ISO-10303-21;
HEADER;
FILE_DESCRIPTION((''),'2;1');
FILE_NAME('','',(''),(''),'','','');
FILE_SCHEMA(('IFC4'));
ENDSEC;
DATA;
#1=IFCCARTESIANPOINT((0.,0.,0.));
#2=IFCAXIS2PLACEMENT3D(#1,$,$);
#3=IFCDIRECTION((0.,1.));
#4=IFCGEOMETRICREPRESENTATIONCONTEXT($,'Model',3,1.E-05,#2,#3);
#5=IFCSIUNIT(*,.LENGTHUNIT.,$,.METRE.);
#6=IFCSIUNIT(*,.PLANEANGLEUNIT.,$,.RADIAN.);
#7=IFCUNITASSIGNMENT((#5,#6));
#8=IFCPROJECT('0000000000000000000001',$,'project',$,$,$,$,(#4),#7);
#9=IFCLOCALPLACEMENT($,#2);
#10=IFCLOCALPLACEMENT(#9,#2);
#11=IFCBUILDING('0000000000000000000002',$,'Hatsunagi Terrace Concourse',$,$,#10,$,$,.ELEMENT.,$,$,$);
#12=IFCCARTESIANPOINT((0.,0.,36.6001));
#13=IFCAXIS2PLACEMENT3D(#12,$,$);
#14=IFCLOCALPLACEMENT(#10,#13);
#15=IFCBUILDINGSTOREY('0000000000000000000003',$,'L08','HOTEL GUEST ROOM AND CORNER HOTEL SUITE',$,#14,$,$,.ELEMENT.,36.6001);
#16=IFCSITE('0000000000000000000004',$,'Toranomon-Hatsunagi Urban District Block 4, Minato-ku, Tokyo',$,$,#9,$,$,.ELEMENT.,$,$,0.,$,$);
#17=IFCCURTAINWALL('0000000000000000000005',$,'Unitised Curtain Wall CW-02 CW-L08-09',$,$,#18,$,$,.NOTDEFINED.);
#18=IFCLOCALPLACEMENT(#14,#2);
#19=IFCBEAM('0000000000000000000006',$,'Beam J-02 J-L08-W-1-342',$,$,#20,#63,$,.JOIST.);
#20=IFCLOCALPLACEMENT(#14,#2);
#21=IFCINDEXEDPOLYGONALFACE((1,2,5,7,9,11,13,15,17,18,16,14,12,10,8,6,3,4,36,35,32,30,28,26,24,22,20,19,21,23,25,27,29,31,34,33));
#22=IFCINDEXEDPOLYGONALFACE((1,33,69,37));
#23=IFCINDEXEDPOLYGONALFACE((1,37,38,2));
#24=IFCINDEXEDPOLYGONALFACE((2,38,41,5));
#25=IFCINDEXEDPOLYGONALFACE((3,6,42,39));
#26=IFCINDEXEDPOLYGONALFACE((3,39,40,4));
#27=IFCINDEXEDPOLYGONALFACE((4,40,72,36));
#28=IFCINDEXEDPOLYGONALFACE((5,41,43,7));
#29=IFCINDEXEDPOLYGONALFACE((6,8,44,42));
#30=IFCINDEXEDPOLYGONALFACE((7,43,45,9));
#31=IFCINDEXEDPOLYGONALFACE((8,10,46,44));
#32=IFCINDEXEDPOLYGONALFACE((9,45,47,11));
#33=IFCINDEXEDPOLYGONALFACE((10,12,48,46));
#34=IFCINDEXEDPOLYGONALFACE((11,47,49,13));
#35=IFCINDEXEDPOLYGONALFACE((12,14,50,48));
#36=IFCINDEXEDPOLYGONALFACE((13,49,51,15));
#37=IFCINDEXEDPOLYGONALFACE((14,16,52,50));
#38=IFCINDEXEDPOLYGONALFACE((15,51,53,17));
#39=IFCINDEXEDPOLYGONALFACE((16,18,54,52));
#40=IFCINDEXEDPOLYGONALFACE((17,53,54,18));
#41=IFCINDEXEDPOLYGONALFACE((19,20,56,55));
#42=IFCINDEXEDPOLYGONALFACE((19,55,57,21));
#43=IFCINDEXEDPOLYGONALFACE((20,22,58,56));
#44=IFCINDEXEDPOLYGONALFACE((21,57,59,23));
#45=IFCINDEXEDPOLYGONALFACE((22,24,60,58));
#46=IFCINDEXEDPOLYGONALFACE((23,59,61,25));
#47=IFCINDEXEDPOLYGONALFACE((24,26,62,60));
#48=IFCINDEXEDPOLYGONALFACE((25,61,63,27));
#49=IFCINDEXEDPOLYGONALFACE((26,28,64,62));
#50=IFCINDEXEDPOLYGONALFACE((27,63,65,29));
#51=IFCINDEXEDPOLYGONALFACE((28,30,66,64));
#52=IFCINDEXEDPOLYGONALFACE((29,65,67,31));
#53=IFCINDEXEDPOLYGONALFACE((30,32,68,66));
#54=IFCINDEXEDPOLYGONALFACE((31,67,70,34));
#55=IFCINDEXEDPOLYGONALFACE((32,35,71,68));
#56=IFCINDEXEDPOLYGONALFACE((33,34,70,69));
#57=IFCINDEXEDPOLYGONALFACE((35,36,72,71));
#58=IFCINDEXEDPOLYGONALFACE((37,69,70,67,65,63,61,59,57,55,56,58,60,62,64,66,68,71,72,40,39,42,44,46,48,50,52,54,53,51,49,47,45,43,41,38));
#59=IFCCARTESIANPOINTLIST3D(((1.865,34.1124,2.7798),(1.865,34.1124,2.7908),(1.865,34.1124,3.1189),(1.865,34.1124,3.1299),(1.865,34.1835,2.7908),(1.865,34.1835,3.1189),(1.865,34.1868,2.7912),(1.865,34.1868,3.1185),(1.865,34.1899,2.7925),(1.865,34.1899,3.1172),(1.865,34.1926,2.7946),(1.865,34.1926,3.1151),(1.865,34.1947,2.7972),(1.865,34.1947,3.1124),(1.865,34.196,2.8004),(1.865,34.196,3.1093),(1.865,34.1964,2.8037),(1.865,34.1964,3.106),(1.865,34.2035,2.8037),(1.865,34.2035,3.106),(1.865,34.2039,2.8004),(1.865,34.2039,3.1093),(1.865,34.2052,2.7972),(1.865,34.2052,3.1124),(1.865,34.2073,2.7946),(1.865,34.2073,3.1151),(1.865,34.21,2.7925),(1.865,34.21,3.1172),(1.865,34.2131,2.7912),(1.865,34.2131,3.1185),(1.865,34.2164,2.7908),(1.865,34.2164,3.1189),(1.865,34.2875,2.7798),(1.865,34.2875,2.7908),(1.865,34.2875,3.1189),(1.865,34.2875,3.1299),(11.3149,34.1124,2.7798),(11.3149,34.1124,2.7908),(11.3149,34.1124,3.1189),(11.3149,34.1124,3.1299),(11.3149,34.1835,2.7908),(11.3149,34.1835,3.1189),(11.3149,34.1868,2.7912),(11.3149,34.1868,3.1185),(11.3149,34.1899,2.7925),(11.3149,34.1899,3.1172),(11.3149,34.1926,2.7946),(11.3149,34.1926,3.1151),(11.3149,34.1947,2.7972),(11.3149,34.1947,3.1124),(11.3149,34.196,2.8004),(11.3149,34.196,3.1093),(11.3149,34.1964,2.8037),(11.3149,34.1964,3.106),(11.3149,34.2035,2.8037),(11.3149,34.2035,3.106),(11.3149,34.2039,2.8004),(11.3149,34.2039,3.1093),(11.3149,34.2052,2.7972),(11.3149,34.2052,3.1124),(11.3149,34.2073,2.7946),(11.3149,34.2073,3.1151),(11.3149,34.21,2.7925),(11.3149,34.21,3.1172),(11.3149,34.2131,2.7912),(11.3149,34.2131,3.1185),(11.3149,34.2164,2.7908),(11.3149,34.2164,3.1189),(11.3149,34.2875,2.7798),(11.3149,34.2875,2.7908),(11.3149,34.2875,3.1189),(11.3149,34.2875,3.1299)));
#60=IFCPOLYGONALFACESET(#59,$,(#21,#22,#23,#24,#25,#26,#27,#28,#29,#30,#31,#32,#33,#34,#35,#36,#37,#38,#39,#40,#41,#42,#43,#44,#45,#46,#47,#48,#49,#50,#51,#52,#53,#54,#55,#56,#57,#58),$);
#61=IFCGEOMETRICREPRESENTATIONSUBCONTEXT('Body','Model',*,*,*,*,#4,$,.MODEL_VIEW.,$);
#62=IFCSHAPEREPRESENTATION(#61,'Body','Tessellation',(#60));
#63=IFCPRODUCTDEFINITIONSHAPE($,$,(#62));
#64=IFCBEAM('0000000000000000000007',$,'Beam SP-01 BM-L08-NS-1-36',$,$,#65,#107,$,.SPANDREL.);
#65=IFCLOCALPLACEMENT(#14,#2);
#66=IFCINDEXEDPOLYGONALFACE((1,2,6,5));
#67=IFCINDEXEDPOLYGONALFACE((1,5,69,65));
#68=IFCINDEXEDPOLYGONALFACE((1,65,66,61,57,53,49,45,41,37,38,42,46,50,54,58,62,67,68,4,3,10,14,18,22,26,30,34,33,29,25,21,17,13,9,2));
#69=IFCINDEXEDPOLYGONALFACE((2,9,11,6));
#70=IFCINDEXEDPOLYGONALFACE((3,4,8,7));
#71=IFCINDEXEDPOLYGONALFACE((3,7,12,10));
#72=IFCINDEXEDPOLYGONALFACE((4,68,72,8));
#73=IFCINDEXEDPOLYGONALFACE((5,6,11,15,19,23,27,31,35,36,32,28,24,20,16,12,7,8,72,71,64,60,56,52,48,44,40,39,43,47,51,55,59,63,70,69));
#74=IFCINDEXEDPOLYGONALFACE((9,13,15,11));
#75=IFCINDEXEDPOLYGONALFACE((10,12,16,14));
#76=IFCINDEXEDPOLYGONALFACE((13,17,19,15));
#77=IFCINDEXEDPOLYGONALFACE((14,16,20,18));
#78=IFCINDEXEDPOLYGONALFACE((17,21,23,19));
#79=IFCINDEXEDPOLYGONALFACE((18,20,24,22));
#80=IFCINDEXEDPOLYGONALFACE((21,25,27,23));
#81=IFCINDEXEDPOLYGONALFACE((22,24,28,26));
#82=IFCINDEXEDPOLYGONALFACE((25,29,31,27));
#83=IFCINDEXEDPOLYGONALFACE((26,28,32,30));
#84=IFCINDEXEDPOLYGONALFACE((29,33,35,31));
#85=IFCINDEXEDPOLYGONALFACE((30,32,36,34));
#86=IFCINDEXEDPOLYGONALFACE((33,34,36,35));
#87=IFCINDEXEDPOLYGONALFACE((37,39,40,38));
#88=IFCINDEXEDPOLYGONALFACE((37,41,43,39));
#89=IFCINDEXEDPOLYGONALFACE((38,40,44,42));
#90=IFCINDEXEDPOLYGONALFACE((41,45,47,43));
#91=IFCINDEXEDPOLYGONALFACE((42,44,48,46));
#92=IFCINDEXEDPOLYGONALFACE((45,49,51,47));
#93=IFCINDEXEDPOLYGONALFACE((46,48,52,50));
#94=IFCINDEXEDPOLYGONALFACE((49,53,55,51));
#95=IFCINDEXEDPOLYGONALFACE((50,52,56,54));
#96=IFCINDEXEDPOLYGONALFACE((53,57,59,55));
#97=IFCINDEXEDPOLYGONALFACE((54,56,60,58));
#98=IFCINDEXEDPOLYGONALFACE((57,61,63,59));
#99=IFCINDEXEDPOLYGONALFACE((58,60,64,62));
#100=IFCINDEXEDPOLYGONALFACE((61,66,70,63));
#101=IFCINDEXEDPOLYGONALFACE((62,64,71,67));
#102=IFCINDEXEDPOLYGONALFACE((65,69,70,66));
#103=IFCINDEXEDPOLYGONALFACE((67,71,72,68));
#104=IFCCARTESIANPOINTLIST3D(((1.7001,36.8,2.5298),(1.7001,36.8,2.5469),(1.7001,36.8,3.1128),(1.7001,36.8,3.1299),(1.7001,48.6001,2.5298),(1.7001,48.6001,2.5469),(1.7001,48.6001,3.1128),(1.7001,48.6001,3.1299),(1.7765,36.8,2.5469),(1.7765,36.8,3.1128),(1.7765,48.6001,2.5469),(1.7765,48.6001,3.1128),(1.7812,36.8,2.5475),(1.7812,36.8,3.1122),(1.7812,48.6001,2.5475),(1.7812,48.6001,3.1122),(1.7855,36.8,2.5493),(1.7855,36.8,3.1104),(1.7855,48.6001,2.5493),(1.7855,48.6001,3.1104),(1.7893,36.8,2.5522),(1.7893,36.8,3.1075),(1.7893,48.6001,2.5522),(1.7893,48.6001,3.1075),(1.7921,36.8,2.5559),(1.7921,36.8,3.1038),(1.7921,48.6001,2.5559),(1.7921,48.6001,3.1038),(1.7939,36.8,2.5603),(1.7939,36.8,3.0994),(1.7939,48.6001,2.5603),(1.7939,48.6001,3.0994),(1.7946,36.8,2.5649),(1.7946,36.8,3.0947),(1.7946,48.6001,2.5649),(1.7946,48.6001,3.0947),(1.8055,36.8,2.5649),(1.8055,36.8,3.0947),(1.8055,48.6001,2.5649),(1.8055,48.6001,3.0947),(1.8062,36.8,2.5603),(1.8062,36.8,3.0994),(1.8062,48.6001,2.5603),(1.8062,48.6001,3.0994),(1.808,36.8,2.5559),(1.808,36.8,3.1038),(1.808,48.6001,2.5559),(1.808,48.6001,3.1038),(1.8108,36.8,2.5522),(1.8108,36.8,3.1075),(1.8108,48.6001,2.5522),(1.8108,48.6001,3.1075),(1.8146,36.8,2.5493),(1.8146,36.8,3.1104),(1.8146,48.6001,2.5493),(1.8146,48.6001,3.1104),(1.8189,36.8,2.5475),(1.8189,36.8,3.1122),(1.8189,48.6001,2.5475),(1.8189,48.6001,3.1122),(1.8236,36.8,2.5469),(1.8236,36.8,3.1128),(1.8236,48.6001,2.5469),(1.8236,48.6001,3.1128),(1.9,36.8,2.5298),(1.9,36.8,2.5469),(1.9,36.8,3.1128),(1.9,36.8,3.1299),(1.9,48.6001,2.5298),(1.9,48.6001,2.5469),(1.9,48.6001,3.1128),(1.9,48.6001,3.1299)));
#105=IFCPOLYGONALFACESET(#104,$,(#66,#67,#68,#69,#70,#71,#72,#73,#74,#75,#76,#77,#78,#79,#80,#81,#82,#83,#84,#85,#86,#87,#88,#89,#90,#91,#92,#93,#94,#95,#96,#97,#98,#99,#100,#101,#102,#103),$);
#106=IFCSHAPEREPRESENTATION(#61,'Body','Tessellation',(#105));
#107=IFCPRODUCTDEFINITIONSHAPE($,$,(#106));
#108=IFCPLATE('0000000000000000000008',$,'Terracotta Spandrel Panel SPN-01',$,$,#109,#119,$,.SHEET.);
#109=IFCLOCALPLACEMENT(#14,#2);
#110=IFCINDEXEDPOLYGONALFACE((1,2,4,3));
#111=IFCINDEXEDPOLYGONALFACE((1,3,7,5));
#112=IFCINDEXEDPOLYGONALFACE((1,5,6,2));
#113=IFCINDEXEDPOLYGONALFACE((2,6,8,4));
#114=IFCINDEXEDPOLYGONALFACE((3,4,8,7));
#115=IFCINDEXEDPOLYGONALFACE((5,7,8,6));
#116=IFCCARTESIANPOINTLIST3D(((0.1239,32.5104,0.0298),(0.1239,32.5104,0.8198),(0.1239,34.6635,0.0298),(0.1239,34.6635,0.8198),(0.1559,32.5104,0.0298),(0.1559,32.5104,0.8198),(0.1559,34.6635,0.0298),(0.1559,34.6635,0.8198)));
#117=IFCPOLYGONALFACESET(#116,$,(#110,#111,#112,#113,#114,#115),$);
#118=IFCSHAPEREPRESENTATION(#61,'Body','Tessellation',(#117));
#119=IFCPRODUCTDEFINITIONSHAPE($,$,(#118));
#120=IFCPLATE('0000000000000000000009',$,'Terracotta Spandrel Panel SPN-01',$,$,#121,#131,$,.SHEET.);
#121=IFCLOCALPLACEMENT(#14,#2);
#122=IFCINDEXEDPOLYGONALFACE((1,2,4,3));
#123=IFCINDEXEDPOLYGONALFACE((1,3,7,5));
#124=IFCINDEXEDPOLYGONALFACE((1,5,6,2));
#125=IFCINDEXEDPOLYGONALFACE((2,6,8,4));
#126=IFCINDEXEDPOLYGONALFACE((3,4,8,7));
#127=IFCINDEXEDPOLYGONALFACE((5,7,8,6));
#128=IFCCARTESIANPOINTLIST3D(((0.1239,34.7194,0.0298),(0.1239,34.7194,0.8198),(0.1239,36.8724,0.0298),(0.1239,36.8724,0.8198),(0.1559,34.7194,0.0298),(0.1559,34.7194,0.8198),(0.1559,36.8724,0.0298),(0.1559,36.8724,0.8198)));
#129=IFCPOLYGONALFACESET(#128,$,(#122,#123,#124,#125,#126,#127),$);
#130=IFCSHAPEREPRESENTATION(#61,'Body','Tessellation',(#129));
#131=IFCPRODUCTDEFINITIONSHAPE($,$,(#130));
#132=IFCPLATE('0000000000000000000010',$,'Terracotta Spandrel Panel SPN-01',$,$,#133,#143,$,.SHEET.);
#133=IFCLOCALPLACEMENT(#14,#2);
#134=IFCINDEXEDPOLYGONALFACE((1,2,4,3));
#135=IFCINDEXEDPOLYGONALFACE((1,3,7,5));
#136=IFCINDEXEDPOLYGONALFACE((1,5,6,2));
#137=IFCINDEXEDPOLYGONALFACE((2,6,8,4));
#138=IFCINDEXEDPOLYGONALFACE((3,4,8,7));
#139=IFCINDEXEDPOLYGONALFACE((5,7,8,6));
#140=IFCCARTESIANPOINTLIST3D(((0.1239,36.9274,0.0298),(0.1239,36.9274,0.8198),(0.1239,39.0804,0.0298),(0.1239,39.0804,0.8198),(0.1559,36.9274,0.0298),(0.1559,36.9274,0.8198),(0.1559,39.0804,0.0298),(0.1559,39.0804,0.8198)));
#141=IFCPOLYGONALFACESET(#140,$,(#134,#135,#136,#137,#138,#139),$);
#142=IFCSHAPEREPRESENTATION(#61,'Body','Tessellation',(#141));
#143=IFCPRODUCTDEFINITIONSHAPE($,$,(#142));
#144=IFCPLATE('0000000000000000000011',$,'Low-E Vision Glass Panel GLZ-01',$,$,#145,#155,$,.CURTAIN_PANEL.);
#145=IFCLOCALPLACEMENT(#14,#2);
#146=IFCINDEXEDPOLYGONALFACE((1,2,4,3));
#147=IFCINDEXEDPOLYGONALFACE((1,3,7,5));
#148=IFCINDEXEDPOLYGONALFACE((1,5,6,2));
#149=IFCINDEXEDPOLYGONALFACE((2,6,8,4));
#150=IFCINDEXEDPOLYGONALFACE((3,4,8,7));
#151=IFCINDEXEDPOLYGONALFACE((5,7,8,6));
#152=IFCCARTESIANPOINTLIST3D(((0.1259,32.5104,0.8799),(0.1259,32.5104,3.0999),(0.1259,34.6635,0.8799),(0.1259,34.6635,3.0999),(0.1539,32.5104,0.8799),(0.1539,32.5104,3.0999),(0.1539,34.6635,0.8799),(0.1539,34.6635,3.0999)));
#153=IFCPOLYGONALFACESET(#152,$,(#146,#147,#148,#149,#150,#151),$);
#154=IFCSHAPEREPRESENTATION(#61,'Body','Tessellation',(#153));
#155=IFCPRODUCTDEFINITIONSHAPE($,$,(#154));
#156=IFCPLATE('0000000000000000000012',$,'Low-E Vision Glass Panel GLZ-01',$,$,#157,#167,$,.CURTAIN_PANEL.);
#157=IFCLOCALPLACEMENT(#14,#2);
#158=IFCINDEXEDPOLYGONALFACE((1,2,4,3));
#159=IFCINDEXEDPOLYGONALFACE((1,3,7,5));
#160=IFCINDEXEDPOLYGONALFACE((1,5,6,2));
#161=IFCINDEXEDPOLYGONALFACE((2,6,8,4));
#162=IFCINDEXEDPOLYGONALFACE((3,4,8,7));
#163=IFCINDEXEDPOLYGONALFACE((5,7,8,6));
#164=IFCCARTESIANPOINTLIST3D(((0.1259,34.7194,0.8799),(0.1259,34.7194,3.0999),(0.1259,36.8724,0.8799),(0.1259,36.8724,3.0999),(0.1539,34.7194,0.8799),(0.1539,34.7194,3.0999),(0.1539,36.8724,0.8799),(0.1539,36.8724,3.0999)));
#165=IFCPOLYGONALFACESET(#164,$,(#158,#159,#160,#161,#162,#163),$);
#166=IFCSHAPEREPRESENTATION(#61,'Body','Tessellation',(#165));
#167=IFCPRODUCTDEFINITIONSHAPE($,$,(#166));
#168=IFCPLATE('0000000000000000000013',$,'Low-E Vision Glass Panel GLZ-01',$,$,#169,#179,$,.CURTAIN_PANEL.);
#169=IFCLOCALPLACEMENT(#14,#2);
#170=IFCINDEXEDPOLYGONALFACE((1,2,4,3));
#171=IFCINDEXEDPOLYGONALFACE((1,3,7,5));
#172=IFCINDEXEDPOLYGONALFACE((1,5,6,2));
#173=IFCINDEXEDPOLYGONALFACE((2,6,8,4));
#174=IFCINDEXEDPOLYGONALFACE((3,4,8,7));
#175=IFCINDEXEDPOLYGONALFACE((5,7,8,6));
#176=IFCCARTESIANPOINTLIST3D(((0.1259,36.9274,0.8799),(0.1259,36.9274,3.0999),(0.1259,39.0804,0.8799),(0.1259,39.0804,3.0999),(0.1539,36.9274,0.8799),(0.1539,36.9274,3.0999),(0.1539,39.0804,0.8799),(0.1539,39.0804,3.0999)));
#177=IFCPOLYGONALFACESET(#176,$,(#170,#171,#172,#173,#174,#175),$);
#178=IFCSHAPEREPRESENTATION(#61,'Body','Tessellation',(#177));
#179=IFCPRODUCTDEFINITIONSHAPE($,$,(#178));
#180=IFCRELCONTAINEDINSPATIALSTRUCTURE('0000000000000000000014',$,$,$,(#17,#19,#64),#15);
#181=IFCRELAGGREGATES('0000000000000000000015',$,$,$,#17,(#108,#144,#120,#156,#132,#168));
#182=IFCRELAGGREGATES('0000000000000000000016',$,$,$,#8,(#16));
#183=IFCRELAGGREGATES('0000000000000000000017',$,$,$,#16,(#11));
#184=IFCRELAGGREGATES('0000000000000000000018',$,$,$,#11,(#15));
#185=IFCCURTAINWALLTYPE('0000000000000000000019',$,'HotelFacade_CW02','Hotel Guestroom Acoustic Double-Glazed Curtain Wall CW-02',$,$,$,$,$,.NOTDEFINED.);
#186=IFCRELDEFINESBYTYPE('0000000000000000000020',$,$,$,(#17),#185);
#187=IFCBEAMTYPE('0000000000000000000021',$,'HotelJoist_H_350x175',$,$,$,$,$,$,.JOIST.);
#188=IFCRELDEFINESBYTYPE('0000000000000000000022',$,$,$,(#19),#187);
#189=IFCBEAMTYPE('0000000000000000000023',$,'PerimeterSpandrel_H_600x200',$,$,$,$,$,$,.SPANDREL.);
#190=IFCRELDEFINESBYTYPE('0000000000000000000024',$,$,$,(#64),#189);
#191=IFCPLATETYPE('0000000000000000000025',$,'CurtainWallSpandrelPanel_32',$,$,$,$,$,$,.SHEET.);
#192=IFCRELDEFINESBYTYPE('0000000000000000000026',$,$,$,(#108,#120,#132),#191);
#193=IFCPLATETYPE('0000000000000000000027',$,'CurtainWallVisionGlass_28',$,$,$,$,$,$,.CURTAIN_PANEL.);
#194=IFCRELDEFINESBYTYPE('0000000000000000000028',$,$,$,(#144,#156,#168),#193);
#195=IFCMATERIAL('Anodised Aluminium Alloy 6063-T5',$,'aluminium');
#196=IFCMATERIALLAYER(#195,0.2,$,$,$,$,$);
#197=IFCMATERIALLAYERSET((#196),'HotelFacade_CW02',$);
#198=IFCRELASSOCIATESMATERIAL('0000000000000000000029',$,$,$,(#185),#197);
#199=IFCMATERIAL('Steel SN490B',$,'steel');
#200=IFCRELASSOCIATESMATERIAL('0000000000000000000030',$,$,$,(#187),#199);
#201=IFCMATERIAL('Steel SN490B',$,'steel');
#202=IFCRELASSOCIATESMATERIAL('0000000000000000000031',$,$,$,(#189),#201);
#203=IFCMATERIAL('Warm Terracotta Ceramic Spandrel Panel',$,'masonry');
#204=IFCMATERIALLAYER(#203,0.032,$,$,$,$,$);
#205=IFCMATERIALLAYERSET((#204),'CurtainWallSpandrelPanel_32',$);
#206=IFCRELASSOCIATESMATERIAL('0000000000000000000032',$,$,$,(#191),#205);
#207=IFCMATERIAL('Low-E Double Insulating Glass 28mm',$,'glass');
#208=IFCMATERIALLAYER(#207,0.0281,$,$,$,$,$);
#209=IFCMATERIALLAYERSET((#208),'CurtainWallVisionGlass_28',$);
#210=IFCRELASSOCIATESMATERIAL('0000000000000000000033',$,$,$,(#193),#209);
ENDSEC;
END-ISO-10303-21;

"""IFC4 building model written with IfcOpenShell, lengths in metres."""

from ifc_helpers import new_model, si_unit, direction, frame, origin, origin_2d, place, context, subcontext, project, spatial, rectangle, i_section, extrude, material, layer, layer_set, material_profile, profile_set, type_object, element, aggregate, save


model = new_model("IFC4")

# Units and contexts
model_context = context("Model", 3, precision=1e-05, world=origin(), true_north=direction((0.0, 1.0)))
body_context = subcontext(model_context, "Body", "Model", "MODEL_VIEW")
ifc_project = project(units=[si_unit("LENGTHUNIT", "METRE"), si_unit("PLANEANGLEUNIT", "RADIAN")], contexts=[model_context])

# Site, building, storey
site_placement = place(None, origin())
site = spatial("IfcSite", under=ifc_project, at=site_placement, Name="Toranomon-Hatsunagi Urban District Block 4, Minato-ku, Tokyo", CompositionType="ELEMENT", RefElevation=0.0)
building_placement = place(site_placement, origin())
building = spatial("IfcBuilding", under=site, at=building_placement, Name="Hatsunagi Terrace Concourse", CompositionType="ELEMENT")
storey_placement = place(building_placement, frame((0.0, 0.0, 36.6001)))
storey = spatial("IfcBuildingStorey", under=building, at=storey_placement, Name="L08", Description="HOTEL GUEST ROOM AND CORNER HOTEL SUITE", CompositionType="ELEMENT", Elevation=36.6001)

# Curtain wall
ifc_material_1 = material(Name="Anodised Aluminium Alloy 6063-T5", Category="aluminium")
ifc_layer_1 = layer(ifc_material_1, 0.2)
ifc_layer_set_1 = layer_set([ifc_layer_1], Name="HotelFacade_CW02")
curtain_wall_type = type_object("IfcCurtainWallType", Name="HotelFacade_CW02", Description="Hotel Guestroom Acoustic Double-Glazed Curtain Wall CW-02", PredefinedType="NOTDEFINED", material=ifc_layer_set_1)
curtain_wall_placement = place(storey_placement, origin())
curtain_wall = element("IfcCurtainWall", 1, at=curtain_wall_placement, inside=storey, type_object=curtain_wall_type, Name="Unitised Curtain Wall CW-02 CW-L08-09", PredefinedType="NOTDEFINED")

# Beams
ifc_material_2 = material(Name="Steel SN490B", Category="steel")
ifc_material_profile_1 = material_profile(ifc_material_2, i_section(OverallWidth=0.175, OverallDepth=0.3501, WebThickness=0.0071, FlangeThickness=0.011, FilletRadius=0.0129, at=origin_2d()), Name="H-350x175x7x11")
ifc_profile_set_1 = profile_set([ifc_material_profile_1], Name="Steel SN490B")
beam_type_1 = type_object("IfcBeamType", Name="HotelJoist_H_350x175", PredefinedType="JOIST", material=ifc_profile_set_1)
beam_1_placement = place(storey_placement, frame((1.865, 34.2, 2.9548), z_axis=(1.0, 0.0, 0.0), x_axis=(0.0, 1.0, 0.0)))
element("IfcBeam", 2, at=beam_1_placement, inside=storey, type_object=beam_type_1, Name="Beam J-02 J-L08-W-1-342", PredefinedType="JOIST", context=body_context, shape_type="SweptSolid", body=[
    extrude(i_section(OverallWidth=0.175, OverallDepth=0.3501, WebThickness=0.0071, FlangeThickness=0.011, FilletRadius=0.0129, at=origin_2d()), origin(), (0.0, 0.0, 1.0), 9.45),
])
ifc_material_3 = material(Name="Steel SN490B", Category="steel")
ifc_material_profile_2 = material_profile(ifc_material_3, i_section(OverallWidth=0.2, OverallDepth=0.6001, WebThickness=0.011, FlangeThickness=0.0171, FilletRadius=0.0181, at=origin_2d()), Name="H-600x200x11x17")
ifc_profile_set_2 = profile_set([ifc_material_profile_2], Name="Steel SN490B")
beam_type_2 = type_object("IfcBeamType", Name="PerimeterSpandrel_H_600x200", PredefinedType="SPANDREL", material=ifc_profile_set_2)
beam_2_placement = place(storey_placement, frame((1.8, 36.8, 2.8298), z_axis=(0.0, 1.0, 0.0), x_axis=(-1.0, 0.0, 0.0)))
element("IfcBeam", 3, at=beam_2_placement, inside=storey, type_object=beam_type_2, Name="Beam SP-01 BM-L08-NS-1-36", PredefinedType="SPANDREL", context=body_context, shape_type="SweptSolid", body=[
    extrude(i_section(OverallWidth=0.2, OverallDepth=0.6001, WebThickness=0.011, FlangeThickness=0.0171, FilletRadius=0.0181, at=origin_2d()), origin(), (0.0, 0.0, 1.0), 11.8),
])

# Plates
ifc_material_4 = material(Name="Warm Terracotta Ceramic Spandrel Panel", Category="masonry")
ifc_layer_2 = layer(ifc_material_4, 0.032)
ifc_layer_set_2 = layer_set([ifc_layer_2], Name="CurtainWallSpandrelPanel_32")
plate_type_1 = type_object("IfcPlateType", Name="CurtainWallSpandrelPanel_32", PredefinedType="SHEET", material=ifc_layer_set_2)
plate_1_placement = place(storey_placement, frame((0.1399, 33.5869, 0.0298), z_axis=(0.0, 0.0, 1.0), x_axis=(0.0, 1.0, 0.0)))
plate_1 = element("IfcPlate", 4, at=plate_1_placement, type_object=plate_type_1, Name="Terracotta Spandrel Panel SPN-01", PredefinedType="SHEET", context=body_context, shape_type="SweptSolid", body=[
    extrude(rectangle(XDim=2.1531, YDim=0.032, at=origin_2d()), origin(), (0.0, 0.0, 1.0), 0.79),
])
plate_2_placement = place(storey_placement, frame((0.1399, 35.7959, 0.0298), z_axis=(0.0, 0.0, 1.0), x_axis=(0.0, 1.0, 0.0)))
plate_2 = element("IfcPlate", 5, at=plate_2_placement, type_object=plate_type_1, Name="Terracotta Spandrel Panel SPN-01", PredefinedType="SHEET", context=body_context, shape_type="SweptSolid", body=[
    extrude(rectangle(XDim=2.1531, YDim=0.032, at=origin_2d()), origin(), (0.0, 0.0, 1.0), 0.79),
])
plate_3_placement = place(storey_placement, frame((0.1399, 38.0039, 0.0298), z_axis=(0.0, 0.0, 1.0), x_axis=(0.0, 1.0, 0.0)))
plate_3 = element("IfcPlate", 6, at=plate_3_placement, type_object=plate_type_1, Name="Terracotta Spandrel Panel SPN-01", PredefinedType="SHEET", context=body_context, shape_type="SweptSolid", body=[
    extrude(rectangle(XDim=2.1531, YDim=0.032, at=origin_2d()), origin(), (0.0, 0.0, 1.0), 0.79),
])
ifc_material_5 = material(Name="Low-E Double Insulating Glass 28mm", Category="glass")
ifc_layer_3 = layer(ifc_material_5, 0.0281)
ifc_layer_set_3 = layer_set([ifc_layer_3], Name="CurtainWallVisionGlass_28")
plate_type_2 = type_object("IfcPlateType", Name="CurtainWallVisionGlass_28", PredefinedType="CURTAIN_PANEL", material=ifc_layer_set_3)
plate_4_placement = place(storey_placement, frame((0.1399, 33.5869, 0.8799), z_axis=(0.0, 0.0, 1.0), x_axis=(0.0, 1.0, 0.0)))
plate_4 = element("IfcPlate", 7, at=plate_4_placement, type_object=plate_type_2, Name="Low-E Vision Glass Panel GLZ-01", PredefinedType="CURTAIN_PANEL", context=body_context, shape_type="SweptSolid", body=[
    extrude(rectangle(XDim=2.1531, YDim=0.0281, at=origin_2d()), origin(), (0.0, 0.0, 1.0), 2.22),
])
plate_5_placement = place(storey_placement, frame((0.1399, 35.7959, 0.8799), z_axis=(0.0, 0.0, 1.0), x_axis=(0.0, 1.0, 0.0)))
plate_5 = element("IfcPlate", 8, at=plate_5_placement, type_object=plate_type_2, Name="Low-E Vision Glass Panel GLZ-01", PredefinedType="CURTAIN_PANEL", context=body_context, shape_type="SweptSolid", body=[
    extrude(rectangle(XDim=2.1531, YDim=0.0281, at=origin_2d()), origin(), (0.0, 0.0, 1.0), 2.22),
])
plate_6_placement = place(storey_placement, frame((0.1399, 38.0039, 0.8799), z_axis=(0.0, 0.0, 1.0), x_axis=(0.0, 1.0, 0.0)))
plate_6 = element("IfcPlate", 9, at=plate_6_placement, type_object=plate_type_2, Name="Low-E Vision Glass Panel GLZ-01", PredefinedType="CURTAIN_PANEL", context=body_context, shape_type="SweptSolid", body=[
    extrude(rectangle(XDim=2.1531, YDim=0.0281, at=origin_2d()), origin(), (0.0, 0.0, 1.0), 2.22),
])
aggregate(curtain_wall, [plate_1, plate_4, plate_2, plate_5, plate_3, plate_6])

save(model, "model.ifc")
